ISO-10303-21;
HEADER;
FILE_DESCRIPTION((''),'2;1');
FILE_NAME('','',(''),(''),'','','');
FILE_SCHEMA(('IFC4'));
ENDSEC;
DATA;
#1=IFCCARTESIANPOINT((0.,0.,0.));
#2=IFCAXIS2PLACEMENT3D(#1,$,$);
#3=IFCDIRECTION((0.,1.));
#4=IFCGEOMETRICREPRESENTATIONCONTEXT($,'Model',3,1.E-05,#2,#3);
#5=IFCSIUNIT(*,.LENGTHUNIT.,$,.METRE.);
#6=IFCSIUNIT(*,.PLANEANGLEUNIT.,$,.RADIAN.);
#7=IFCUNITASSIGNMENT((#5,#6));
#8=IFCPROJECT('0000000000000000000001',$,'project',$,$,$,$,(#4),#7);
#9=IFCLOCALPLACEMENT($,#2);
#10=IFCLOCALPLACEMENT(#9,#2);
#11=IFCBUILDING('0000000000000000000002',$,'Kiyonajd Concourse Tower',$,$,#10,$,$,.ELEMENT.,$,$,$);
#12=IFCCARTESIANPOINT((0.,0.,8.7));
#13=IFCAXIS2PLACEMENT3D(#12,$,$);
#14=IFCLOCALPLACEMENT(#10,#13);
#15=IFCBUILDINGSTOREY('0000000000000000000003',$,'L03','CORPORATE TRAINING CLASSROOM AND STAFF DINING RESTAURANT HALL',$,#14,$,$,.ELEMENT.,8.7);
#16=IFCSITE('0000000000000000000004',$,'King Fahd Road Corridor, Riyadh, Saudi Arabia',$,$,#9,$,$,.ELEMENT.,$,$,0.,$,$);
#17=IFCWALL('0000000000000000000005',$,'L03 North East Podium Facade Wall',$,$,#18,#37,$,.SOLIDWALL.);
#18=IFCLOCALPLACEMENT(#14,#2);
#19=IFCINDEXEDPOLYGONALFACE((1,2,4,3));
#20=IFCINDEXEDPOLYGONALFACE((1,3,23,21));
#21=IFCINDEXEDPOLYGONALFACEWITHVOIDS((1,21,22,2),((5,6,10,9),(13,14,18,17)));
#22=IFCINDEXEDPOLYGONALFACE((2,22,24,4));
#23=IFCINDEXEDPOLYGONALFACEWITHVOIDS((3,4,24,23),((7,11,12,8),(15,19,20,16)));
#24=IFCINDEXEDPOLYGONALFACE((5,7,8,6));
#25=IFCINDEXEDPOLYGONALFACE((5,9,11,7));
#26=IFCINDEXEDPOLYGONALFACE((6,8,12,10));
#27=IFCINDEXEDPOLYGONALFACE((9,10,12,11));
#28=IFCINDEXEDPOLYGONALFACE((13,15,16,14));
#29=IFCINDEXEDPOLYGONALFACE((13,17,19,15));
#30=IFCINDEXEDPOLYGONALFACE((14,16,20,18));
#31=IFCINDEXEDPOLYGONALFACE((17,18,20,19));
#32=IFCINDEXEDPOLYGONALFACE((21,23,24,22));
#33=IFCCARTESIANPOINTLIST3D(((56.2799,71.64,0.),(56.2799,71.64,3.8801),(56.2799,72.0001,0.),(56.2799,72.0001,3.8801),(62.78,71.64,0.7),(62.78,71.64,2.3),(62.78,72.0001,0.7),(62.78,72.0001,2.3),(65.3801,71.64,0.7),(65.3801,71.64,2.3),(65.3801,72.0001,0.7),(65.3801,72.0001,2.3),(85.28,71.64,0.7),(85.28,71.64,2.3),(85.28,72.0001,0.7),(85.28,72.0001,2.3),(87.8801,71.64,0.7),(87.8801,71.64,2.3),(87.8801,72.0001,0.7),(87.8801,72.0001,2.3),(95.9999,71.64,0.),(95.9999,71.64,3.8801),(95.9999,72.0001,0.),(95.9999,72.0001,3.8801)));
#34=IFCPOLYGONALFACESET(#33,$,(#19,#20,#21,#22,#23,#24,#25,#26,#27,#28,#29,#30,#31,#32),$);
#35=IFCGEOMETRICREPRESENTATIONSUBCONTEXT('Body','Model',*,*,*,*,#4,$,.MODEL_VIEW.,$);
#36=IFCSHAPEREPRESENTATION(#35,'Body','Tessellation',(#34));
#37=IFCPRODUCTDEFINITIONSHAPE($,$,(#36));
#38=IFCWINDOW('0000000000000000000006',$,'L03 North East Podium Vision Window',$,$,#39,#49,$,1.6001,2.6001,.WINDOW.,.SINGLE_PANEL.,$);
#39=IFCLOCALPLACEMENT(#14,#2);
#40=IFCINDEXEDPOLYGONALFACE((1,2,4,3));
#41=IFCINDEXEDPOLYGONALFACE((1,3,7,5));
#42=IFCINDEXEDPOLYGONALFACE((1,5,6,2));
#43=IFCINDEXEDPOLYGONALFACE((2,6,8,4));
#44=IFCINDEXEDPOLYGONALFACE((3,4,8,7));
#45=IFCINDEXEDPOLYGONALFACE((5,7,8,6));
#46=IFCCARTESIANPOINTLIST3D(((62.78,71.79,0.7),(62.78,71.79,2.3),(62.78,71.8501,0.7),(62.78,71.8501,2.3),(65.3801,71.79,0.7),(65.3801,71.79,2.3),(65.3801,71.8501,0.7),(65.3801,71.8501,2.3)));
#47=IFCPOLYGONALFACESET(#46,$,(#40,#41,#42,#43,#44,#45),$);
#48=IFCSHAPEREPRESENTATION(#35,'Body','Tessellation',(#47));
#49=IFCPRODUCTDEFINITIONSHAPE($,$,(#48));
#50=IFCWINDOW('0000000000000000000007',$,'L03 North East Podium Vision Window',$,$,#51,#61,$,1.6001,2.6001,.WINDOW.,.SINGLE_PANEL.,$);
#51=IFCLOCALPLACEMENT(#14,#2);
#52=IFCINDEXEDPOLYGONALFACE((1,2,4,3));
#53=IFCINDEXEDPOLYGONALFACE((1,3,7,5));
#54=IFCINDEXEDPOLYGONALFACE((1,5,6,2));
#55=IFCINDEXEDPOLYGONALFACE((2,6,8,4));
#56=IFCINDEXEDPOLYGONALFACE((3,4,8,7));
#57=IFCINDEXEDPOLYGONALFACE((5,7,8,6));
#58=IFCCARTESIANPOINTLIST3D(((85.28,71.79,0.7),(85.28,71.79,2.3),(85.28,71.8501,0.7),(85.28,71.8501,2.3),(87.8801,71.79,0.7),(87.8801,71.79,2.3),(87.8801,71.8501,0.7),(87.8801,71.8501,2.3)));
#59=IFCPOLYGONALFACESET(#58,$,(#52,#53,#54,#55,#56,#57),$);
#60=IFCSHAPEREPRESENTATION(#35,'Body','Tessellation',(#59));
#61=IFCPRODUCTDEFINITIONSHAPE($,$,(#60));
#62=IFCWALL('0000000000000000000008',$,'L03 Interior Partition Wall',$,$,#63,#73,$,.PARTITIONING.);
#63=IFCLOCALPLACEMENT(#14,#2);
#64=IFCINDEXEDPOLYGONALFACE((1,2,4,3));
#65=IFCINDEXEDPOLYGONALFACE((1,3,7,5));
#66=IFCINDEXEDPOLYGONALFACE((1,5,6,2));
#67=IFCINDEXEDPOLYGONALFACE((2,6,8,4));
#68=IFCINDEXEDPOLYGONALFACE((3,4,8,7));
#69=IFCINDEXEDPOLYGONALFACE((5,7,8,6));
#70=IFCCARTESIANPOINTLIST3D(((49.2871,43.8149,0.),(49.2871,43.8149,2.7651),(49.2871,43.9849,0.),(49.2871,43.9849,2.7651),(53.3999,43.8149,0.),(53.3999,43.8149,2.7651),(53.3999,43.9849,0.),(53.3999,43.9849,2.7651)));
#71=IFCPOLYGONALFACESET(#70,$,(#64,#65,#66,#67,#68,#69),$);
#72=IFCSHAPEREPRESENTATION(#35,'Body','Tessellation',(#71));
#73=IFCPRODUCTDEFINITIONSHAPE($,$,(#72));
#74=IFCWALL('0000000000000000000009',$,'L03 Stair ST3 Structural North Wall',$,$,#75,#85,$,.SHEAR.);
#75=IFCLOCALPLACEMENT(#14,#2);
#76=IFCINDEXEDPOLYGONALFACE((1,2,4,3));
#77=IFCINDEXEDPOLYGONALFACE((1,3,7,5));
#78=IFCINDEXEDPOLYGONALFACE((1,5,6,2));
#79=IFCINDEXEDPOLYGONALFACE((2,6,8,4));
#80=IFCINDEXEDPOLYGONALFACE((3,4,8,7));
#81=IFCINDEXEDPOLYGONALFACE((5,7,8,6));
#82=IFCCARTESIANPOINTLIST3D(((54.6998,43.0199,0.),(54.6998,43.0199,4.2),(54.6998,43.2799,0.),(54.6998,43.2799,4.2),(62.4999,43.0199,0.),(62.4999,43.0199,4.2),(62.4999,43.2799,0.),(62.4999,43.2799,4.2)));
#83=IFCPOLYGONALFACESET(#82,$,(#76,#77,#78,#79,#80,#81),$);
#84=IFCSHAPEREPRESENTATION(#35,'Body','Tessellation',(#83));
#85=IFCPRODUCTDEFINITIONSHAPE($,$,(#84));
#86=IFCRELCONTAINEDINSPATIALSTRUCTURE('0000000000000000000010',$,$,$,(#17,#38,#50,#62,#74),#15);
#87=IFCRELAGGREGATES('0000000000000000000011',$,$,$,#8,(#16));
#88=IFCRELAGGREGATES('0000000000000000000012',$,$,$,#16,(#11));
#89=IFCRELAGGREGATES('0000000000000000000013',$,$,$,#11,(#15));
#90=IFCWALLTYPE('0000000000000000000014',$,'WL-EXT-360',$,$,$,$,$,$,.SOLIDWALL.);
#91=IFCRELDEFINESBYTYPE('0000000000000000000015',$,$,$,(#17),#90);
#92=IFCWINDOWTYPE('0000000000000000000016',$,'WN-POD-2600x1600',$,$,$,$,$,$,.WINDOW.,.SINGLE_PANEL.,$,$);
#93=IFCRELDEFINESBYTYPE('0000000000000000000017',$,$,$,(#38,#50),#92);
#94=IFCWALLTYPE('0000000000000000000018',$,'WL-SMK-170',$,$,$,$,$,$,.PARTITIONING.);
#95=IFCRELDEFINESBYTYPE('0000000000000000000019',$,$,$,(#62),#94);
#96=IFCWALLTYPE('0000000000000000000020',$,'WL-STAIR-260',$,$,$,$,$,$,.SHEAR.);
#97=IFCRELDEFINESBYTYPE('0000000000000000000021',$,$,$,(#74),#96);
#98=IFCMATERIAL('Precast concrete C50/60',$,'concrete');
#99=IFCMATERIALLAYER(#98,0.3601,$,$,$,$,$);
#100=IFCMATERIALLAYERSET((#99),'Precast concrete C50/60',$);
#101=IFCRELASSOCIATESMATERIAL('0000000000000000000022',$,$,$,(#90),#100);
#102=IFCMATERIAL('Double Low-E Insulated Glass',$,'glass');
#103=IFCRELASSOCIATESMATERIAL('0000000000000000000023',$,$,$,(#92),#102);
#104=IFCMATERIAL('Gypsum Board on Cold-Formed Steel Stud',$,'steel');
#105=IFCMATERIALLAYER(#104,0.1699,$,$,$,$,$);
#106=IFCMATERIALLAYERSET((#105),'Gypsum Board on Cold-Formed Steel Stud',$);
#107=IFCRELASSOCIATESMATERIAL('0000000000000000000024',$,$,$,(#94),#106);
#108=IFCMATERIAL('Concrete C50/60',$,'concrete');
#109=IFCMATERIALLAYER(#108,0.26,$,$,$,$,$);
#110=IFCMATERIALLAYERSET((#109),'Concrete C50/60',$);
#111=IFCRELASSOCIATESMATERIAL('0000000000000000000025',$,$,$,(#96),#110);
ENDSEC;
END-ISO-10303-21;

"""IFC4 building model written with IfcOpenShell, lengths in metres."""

from ifc_helpers import new_model, si_unit, direction, frame, frame_2d, origin, place, context, subcontext, project, spatial, rectangle, extrude, material, layer, layer_set, type_object, element, fill, save


model = new_model("IFC4")

# Units and contexts
model_context = context("Model", 3, precision=1e-05, world=origin(), true_north=direction((0.0, 1.0)))
body_context = subcontext(model_context, "Body", "Model", "MODEL_VIEW")
ifc_project = project(units=[si_unit("LENGTHUNIT", "METRE"), si_unit("PLANEANGLEUNIT", "RADIAN")], contexts=[model_context])

# Site, building, storey
site_placement = place(None, origin())
site = spatial("IfcSite", under=ifc_project, at=site_placement, Name="King Fahd Road Corridor, Riyadh, Saudi Arabia", CompositionType="ELEMENT", RefElevation=0.0)
building_placement = place(site_placement, origin())
building = spatial("IfcBuilding", under=site, at=building_placement, Name="Kiyonajd Concourse Tower", CompositionType="ELEMENT")
storey_placement = place(building_placement, frame((0.0, 0.0, 8.7)))
storey = spatial("IfcBuildingStorey", under=building, at=storey_placement, Name="L03", Description="CORPORATE TRAINING CLASSROOM AND STAFF DINING RESTAURANT HALL", CompositionType="ELEMENT", Elevation=8.7)

# Shared definitions
ifc_material_1 = material(Name="Double Low-E Insulated Glass", Category="glass")

# Wall, openings, windows
ifc_material_2 = material(Name="Precast concrete C50/60", Category="concrete")
ifc_layer_1 = layer(ifc_material_2, 0.3601)
ifc_layer_set_1 = layer_set([ifc_layer_1], Name="Precast concrete C50/60")
wall_type_1 = type_object("IfcWallType", Name="WL-EXT-360", PredefinedType="SOLIDWALL", material=ifc_layer_set_1)
wall_1_placement = place(storey_placement, frame((56.28, 71.8201, 0.0), z_axis=(0.0, 0.0, 1.0), x_axis=(1.0, 0.0, 0.0)))
wall_1 = element("IfcWall", 1, at=wall_1_placement, inside=storey, type_object=wall_type_1, Name="L03 North East Podium Facade Wall", PredefinedType="SOLIDWALL", context=body_context, shape_type="SweptSolid", body=[
    extrude(rectangle(XDim=39.72, YDim=0.3601, at=frame_2d((19.8599, 0.0))), origin(), (0.0, 0.0, 1.0), 3.8801),
])
opening_1_placement = place(wall_1_placement, frame((6.5, 0.0, 0.7)))
opening_1 = element("IfcOpeningElement", 2, at=opening_1_placement, cuts=wall_1, PredefinedType="OPENING", context=body_context, shape_type="SweptSolid", body=[
    extrude(rectangle(XDim=2.6001, YDim=1.6001, at=frame_2d((1.3, 0.8))), frame((0.0, 0.1899, 0.0), z_axis=(0.0, -1.0, 0.0), x_axis=(1.0, 0.0, 0.0)), (0.0, 0.0, 1.0), 0.3801),
])
opening_2_placement = place(wall_1_placement, frame((29.0, 0.0, 0.7)))
opening_2 = element("IfcOpeningElement", 3, at=opening_2_placement, cuts=wall_1, PredefinedType="OPENING", context=body_context, shape_type="SweptSolid", body=[
    extrude(rectangle(XDim=2.6001, YDim=1.6001, at=frame_2d((1.3, 0.8))), frame((0.0, 0.1899, 0.0), z_axis=(0.0, -1.0, 0.0), x_axis=(1.0, 0.0, 0.0)), (0.0, 0.0, 1.0), 0.3801),
])
window_type = type_object("IfcWindowType", Name="WN-POD-2600x1600", PartitioningType="SINGLE_PANEL", PredefinedType="WINDOW", material=ifc_material_1)
window_1_placement = place(opening_1_placement, origin())
window_1 = element("IfcWindow", 4, at=window_1_placement, inside=storey, type_object=window_type, Name="L03 North East Podium Vision Window", OverallHeight=1.6001, OverallWidth=2.6001, PartitioningType="SINGLE_PANEL", PredefinedType="WINDOW", context=body_context, shape_type="SweptSolid", body=[
    extrude(rectangle(XDim=2.6001, YDim=1.6001, at=frame_2d((1.3, 0.8))), frame((0.0, 0.03, 0.0), z_axis=(0.0, -1.0, 0.0), x_axis=(1.0, 0.0, 0.0)), (0.0, 0.0, 1.0), 0.0601),
])
fill(opening_1, window_1)
window_2_placement = place(opening_2_placement, origin())
window_2 = element("IfcWindow", 5, at=window_2_placement, inside=storey, type_object=window_type, Name="L03 North East Podium Vision Window", OverallHeight=1.6001, OverallWidth=2.6001, PartitioningType="SINGLE_PANEL", PredefinedType="WINDOW", context=body_context, shape_type="SweptSolid", body=[
    extrude(rectangle(XDim=2.6001, YDim=1.6001, at=frame_2d((1.3, 0.8))), frame((0.0, 0.03, 0.0), z_axis=(0.0, -1.0, 0.0), x_axis=(1.0, 0.0, 0.0)), (0.0, 0.0, 1.0), 0.0601),
])
fill(opening_2, window_2)

# Walls
ifc_material_3 = material(Name="Gypsum Board on Cold-Formed Steel Stud", Category="steel")
ifc_layer_2 = layer(ifc_material_3, 0.1699)
ifc_layer_set_2 = layer_set([ifc_layer_2], Name="Gypsum Board on Cold-Formed Steel Stud")
wall_type_2 = type_object("IfcWallType", Name="WL-SMK-170", PredefinedType="PARTITIONING", material=ifc_layer_set_2)
wall_2_placement = place(storey_placement, frame((49.2871, 43.8999, 0.0), z_axis=(0.0, 0.0, 1.0), x_axis=(1.0, 0.0, 0.0)))
element("IfcWall", 6, at=wall_2_placement, inside=storey, type_object=wall_type_2, Name="L03 Interior Partition Wall", PredefinedType="PARTITIONING", context=body_context, shape_type="SweptSolid", body=[
    extrude(rectangle(XDim=4.1128, YDim=0.1699, at=frame_2d((2.0564, 0.0))), origin(), (0.0, 0.0, 1.0), 2.7651),
])
ifc_material_4 = material(Name="Concrete C50/60", Category="concrete")
ifc_layer_3 = layer(ifc_material_4, 0.26)
ifc_layer_set_3 = layer_set([ifc_layer_3], Name="Concrete C50/60")
wall_type_3 = type_object("IfcWallType", Name="WL-STAIR-260", PredefinedType="SHEAR", material=ifc_layer_set_3)
wall_3_placement = place(storey_placement, frame((54.7, 43.1499, 0.0), z_axis=(0.0, 0.0, 1.0), x_axis=(1.0, 0.0, 0.0)))
element("IfcWall", 7, at=wall_3_placement, inside=storey, type_object=wall_type_3, Name="L03 Stair ST3 Structural North Wall", PredefinedType="SHEAR", context=body_context, shape_type="SweptSolid", body=[
    extrude(rectangle(XDim=7.8, YDim=0.26, at=frame_2d((3.8999, 0.0))), origin(), (0.0, 0.0, 1.0), 4.2),
])

save(model, "model.ifc")
